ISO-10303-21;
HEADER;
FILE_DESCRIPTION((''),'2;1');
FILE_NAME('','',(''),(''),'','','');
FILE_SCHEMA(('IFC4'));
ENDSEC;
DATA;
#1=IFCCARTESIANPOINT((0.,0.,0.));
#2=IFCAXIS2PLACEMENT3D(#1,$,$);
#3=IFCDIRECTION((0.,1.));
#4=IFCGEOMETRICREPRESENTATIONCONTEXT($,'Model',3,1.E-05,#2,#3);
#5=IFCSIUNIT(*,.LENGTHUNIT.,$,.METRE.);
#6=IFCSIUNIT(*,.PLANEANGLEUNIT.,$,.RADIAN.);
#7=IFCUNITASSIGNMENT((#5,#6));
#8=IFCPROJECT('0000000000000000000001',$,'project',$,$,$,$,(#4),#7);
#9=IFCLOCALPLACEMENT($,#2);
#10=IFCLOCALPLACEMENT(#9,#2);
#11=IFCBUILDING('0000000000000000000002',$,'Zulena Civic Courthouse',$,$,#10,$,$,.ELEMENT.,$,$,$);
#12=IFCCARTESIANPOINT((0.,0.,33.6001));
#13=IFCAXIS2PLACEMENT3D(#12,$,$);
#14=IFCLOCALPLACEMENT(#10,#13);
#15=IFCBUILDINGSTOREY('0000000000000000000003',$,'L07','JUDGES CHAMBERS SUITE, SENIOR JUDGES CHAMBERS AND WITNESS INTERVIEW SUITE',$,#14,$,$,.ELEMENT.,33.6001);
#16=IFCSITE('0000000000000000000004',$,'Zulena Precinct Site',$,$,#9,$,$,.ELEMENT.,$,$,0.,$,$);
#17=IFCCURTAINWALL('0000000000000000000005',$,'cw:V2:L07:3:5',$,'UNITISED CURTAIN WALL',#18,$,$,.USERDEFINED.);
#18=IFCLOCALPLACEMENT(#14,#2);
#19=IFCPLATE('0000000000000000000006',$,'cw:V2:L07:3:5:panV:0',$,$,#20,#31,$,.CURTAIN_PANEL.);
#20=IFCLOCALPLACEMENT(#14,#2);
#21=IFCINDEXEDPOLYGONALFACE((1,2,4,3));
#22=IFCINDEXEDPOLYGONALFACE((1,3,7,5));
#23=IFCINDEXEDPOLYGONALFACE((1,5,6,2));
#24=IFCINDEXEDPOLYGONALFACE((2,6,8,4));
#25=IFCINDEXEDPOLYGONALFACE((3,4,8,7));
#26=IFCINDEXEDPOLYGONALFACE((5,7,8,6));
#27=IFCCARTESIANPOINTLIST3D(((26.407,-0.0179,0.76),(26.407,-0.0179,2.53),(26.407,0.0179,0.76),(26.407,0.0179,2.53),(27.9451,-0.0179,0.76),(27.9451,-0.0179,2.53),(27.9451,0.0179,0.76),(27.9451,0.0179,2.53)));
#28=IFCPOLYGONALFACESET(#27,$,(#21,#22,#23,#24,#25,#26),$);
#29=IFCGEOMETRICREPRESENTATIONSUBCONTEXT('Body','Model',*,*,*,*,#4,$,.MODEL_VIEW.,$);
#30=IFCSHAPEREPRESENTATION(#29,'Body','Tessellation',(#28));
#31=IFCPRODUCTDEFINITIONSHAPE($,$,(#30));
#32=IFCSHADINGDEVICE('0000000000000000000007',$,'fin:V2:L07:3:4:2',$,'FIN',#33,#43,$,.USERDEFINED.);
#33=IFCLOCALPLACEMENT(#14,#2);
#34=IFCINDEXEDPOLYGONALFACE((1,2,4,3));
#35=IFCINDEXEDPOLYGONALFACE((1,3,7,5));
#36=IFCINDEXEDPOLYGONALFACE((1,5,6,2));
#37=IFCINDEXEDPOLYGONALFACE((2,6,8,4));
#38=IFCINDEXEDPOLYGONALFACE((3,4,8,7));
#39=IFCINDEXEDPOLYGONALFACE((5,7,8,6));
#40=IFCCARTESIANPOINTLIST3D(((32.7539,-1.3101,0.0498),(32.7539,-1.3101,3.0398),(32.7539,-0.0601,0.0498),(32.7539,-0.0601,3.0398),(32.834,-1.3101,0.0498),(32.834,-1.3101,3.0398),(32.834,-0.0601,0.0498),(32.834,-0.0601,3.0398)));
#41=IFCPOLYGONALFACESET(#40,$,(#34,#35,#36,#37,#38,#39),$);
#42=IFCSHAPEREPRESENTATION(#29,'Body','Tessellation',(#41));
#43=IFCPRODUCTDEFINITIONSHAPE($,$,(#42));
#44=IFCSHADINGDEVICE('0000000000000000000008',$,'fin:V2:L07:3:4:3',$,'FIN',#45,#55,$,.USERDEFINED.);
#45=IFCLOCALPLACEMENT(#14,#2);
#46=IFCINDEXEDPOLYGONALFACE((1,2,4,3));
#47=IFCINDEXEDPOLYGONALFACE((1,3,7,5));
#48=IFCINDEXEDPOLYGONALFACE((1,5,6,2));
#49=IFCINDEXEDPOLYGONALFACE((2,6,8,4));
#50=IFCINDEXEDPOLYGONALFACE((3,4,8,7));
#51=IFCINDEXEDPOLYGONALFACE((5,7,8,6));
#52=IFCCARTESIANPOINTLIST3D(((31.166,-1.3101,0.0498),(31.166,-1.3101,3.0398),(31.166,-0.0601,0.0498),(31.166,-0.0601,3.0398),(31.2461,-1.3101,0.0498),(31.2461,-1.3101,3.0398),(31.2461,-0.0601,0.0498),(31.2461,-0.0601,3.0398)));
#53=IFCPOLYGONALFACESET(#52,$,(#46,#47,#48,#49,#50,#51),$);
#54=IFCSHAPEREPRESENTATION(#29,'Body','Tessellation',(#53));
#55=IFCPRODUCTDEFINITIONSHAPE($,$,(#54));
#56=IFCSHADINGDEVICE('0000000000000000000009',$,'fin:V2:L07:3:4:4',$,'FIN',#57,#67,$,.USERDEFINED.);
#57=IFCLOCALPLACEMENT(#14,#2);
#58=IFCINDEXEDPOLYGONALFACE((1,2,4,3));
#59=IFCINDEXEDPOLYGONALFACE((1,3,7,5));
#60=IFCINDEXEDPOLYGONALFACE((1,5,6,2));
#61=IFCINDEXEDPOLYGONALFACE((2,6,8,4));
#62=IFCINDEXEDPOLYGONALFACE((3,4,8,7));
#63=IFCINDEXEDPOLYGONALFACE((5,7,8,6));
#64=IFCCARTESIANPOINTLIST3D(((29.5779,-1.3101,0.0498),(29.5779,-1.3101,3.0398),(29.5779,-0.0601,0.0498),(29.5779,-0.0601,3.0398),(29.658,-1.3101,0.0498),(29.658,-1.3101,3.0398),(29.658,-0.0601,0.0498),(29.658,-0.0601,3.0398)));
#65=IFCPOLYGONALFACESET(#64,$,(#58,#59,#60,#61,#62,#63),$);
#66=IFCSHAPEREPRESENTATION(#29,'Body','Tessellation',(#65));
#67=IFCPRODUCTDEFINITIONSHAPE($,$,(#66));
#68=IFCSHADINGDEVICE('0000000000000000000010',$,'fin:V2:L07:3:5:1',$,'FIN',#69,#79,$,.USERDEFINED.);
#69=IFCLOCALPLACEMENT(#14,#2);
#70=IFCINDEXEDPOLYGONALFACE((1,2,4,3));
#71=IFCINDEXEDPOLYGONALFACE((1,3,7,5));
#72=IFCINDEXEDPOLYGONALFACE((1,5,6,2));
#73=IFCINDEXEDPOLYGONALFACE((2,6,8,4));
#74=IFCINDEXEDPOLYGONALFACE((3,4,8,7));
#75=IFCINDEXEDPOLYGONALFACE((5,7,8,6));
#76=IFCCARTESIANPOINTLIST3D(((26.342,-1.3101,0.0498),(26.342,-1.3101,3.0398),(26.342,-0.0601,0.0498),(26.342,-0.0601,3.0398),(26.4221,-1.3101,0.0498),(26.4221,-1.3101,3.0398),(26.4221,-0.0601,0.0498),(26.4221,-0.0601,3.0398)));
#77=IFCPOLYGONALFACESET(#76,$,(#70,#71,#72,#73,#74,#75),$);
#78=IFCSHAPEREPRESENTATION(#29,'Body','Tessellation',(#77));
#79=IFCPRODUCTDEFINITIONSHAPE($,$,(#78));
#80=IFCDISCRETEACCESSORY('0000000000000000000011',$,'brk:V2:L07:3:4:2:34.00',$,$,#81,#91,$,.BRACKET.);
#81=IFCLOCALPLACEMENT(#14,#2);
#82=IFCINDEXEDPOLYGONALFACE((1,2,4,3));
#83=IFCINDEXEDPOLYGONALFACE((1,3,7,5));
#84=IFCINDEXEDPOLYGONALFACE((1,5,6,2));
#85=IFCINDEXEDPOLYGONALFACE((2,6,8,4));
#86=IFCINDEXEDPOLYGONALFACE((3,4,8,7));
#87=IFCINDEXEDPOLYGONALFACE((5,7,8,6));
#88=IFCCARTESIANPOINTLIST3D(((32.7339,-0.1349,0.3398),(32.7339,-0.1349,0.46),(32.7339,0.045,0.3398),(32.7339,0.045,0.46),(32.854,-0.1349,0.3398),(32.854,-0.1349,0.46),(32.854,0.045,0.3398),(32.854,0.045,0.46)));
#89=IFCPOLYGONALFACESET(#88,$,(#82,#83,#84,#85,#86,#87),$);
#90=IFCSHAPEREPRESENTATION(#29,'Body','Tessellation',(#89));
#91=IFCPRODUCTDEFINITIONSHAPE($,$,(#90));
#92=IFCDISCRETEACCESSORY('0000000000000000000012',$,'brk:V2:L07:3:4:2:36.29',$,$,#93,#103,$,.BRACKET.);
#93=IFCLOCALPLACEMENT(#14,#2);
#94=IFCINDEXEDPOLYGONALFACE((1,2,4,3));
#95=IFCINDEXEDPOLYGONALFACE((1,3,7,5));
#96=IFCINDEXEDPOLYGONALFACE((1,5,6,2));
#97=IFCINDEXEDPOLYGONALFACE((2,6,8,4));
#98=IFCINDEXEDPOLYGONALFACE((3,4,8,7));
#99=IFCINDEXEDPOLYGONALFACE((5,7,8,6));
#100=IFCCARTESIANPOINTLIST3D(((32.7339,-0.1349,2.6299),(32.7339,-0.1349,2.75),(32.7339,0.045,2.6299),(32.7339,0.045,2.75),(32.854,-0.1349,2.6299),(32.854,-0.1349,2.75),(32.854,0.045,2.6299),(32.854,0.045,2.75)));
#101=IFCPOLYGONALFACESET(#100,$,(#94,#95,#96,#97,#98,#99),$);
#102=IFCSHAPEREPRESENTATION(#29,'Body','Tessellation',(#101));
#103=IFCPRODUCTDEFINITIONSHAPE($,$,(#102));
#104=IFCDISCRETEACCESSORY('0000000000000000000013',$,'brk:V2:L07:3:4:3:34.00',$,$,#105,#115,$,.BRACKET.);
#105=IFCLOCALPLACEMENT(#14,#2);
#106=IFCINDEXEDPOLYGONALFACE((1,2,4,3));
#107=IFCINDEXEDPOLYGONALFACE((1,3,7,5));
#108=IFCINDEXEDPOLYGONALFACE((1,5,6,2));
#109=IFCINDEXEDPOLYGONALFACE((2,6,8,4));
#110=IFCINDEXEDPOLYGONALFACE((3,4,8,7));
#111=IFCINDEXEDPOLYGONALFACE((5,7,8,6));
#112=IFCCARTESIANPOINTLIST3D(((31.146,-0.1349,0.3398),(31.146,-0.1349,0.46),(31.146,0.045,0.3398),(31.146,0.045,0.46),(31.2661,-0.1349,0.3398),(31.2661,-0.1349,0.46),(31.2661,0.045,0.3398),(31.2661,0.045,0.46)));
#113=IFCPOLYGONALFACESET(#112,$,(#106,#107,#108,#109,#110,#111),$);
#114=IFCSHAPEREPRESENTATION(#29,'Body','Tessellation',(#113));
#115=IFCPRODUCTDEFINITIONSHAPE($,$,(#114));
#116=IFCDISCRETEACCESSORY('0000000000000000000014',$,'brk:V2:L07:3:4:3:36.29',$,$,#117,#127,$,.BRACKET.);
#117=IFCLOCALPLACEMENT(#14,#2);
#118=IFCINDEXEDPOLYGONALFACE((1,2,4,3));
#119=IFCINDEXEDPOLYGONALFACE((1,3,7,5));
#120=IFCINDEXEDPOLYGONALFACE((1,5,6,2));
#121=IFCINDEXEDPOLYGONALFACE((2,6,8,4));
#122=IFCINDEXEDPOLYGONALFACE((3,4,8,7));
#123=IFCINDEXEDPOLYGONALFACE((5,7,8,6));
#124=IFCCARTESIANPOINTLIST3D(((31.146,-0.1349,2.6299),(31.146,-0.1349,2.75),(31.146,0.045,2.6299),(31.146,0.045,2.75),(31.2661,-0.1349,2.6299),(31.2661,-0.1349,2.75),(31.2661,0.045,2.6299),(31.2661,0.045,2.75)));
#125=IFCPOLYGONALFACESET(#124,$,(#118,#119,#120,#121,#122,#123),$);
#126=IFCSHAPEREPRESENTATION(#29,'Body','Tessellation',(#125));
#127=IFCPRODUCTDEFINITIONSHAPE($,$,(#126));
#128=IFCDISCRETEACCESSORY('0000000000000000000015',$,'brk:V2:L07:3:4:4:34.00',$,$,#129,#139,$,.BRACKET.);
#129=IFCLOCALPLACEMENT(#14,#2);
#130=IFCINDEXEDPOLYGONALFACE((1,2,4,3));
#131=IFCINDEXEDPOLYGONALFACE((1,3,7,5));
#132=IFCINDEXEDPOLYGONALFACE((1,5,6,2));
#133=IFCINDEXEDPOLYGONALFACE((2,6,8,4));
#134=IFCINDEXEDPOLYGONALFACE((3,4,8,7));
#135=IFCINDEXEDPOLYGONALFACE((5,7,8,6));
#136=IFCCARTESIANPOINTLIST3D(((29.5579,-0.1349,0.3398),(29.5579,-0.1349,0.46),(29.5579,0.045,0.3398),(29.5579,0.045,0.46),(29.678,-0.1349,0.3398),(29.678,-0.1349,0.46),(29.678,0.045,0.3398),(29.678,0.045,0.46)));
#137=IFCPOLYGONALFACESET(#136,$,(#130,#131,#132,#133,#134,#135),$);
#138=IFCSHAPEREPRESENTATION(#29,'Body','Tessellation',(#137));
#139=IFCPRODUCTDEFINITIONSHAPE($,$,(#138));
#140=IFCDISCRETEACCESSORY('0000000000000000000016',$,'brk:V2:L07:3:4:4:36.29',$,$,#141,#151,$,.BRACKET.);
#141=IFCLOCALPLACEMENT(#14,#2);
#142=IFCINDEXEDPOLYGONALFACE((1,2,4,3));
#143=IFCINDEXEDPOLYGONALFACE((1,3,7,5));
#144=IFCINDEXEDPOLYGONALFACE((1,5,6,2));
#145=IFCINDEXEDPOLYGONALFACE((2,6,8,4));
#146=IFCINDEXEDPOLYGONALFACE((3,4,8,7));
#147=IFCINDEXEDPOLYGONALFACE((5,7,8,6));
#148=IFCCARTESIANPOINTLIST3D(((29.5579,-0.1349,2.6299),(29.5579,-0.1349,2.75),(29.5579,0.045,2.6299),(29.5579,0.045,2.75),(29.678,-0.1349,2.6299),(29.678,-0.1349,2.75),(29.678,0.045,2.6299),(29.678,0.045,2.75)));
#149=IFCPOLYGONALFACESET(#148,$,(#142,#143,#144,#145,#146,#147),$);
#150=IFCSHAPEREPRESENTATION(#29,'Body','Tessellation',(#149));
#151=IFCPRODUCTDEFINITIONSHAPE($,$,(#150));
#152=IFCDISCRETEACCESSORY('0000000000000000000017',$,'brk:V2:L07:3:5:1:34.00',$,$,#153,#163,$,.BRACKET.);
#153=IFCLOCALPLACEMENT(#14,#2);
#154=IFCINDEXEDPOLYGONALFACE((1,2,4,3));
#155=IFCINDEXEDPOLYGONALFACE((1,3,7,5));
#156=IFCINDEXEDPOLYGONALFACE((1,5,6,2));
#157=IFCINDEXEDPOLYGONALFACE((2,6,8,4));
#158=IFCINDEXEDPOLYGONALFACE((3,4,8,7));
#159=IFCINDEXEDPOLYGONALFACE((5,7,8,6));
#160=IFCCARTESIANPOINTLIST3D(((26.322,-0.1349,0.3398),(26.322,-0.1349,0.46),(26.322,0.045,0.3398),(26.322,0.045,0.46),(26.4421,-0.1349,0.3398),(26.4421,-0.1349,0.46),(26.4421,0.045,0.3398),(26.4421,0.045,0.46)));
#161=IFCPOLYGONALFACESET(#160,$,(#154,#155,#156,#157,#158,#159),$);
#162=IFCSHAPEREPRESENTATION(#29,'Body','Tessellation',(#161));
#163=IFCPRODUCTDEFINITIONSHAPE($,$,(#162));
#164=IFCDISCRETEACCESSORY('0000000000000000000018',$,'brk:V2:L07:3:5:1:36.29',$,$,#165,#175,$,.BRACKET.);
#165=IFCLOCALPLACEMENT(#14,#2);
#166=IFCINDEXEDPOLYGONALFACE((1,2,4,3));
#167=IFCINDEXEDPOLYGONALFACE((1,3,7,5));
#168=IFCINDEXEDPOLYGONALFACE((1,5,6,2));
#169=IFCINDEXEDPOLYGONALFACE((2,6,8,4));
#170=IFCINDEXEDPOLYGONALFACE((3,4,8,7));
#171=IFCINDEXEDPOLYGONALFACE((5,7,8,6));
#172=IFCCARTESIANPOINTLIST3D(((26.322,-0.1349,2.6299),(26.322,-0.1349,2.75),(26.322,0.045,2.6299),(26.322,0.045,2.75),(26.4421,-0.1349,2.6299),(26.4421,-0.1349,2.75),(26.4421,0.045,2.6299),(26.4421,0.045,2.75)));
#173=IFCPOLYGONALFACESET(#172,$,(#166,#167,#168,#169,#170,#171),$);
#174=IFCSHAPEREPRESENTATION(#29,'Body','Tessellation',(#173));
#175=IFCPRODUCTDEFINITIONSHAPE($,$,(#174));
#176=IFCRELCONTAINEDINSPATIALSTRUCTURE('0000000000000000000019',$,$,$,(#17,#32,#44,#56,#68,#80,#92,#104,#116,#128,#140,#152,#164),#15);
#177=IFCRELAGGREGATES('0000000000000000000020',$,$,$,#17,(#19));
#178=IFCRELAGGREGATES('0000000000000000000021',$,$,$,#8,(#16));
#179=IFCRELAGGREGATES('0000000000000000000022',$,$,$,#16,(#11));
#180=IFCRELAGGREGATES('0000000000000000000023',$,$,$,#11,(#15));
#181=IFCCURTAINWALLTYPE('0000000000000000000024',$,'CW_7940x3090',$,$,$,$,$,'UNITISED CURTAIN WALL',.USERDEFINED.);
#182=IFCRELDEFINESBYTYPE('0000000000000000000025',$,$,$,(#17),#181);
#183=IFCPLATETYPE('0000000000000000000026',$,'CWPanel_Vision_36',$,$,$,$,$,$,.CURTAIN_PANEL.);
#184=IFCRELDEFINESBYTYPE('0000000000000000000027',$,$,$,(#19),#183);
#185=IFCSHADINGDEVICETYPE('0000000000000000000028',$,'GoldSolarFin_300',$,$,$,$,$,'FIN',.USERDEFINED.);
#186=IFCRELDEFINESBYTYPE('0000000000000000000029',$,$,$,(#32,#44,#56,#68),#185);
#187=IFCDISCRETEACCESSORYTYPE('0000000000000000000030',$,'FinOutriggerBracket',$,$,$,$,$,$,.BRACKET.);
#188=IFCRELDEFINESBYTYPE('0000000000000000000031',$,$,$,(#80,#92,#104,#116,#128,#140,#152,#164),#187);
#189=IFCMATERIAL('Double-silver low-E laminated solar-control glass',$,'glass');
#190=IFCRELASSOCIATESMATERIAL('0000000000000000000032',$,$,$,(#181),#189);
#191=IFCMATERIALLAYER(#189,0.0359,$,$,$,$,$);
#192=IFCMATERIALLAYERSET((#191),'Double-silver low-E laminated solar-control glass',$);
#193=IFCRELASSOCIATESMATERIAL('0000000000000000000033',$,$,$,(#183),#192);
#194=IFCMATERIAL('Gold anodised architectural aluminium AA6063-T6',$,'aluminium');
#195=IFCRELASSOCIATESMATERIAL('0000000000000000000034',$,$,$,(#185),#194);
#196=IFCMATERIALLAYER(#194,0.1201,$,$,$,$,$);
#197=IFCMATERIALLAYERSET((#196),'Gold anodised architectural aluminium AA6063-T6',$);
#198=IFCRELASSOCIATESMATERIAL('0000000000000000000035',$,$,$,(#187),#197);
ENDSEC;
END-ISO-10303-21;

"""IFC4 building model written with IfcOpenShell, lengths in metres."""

from ifc_helpers import new_model, si_unit, direction, frame, origin, origin_2d, place, context, subcontext, project, spatial, rectangle, extrude, material, layer, layer_set, type_object, element, aggregate, save


model = new_model("IFC4")

# Units and contexts
model_context = context("Model", 3, precision=1e-05, world=origin(), true_north=direction((0.0, 1.0)))
body_context = subcontext(model_context, "Body", "Model", "MODEL_VIEW")
ifc_project = project(units=[si_unit("LENGTHUNIT", "METRE"), si_unit("PLANEANGLEUNIT", "RADIAN")], contexts=[model_context])

# Site, building, storey
site_placement = place(None, origin())
site = spatial("IfcSite", under=ifc_project, at=site_placement, Name="Zulena Precinct Site", CompositionType="ELEMENT", RefElevation=0.0)
building_placement = place(site_placement, origin())
building = spatial("IfcBuilding", under=site, at=building_placement, Name="Zulena Civic Courthouse", CompositionType="ELEMENT")
storey_placement = place(building_placement, frame((0.0, 0.0, 33.6001)))
storey = spatial("IfcBuildingStorey", under=building, at=storey_placement, Name="L07", Description="JUDGES CHAMBERS SUITE, SENIOR JUDGES CHAMBERS AND WITNESS INTERVIEW SUITE", CompositionType="ELEMENT", Elevation=33.6001)

# Curtain wall, plate
ifc_material_1 = material(Name="Double-silver low-E laminated solar-control glass", Category="glass")
curtain_wall_type = type_object("IfcCurtainWallType", Name="CW_7940x3090", ElementType="UNITISED CURTAIN WALL", PredefinedType="USERDEFINED", material=ifc_material_1)
curtain_wall_placement = place(storey_placement, origin())
curtain_wall = element("IfcCurtainWall", 1, at=curtain_wall_placement, inside=storey, type_object=curtain_wall_type, Name="cw:V2:L07:3:5", ObjectType="UNITISED CURTAIN WALL", PredefinedType="USERDEFINED")
ifc_layer_1 = layer(ifc_material_1, 0.0359)
ifc_layer_set_1 = layer_set([ifc_layer_1], Name="Double-silver low-E laminated solar-control glass")
plate_type_1 = type_object("IfcPlateType", Name="CWPanel_Vision_36", PredefinedType="CURTAIN_PANEL", material=ifc_layer_set_1)
plate_1_placement = place(storey_placement, frame((27.176, 0.0, 0.76), z_axis=(0.0, 0.0, 1.0), x_axis=(-1.0, 0.0, 0.0)))
plate_1 = element("IfcPlate", 2, at=plate_1_placement, type_object=plate_type_1, Name="cw:V2:L07:3:5:panV:0", PredefinedType="CURTAIN_PANEL", context=body_context, shape_type="SweptSolid", body=[
    extrude(rectangle(XDim=1.5381, YDim=0.0359, at=origin_2d()), origin(), (0.0, 0.0, 1.0), 1.77),
])
aggregate(curtain_wall, [plate_1])

# Shading devices
ifc_material_2 = material(Name="Gold anodised architectural aluminium AA6063-T6", Category="aluminium")
shading_device_type = type_object("IfcShadingDeviceType", Name="GoldSolarFin_300", ElementType="FIN", PredefinedType="USERDEFINED", material=ifc_material_2)
for number, where, z_axis, x_axis, name in (
    (3, (32.7939, -0.6851, 0.0498), (0.0, 0.0, 1.0), (0.0, -1.0, 0.0), "fin:V2:L07:3:4:2"),
    (4, (31.2061, -0.6851, 0.0498), (0.0, 0.0, 1.0), (0.0, -1.0, 0.0), "fin:V2:L07:3:4:3"),
    (5, (29.6179, -0.6851, 0.0498), (0.0, 0.0, 1.0), (0.0, -1.0, 0.0), "fin:V2:L07:3:4:4"),
    (6, (26.3821, -0.6851, 0.0498), (0.0, 0.0, 1.0), (0.0, -1.0, 0.0), "fin:V2:L07:3:5:1"),
):
    element("IfcShadingDevice", number, at=place(storey_placement, frame(where, z_axis=z_axis, x_axis=x_axis)), inside=storey, type_object=shading_device_type, Name=name, ObjectType="FIN", PredefinedType="USERDEFINED", context=body_context, shape_type="SweptSolid", body=[
        extrude(rectangle(XDim=1.25, YDim=0.0801, at=origin_2d()), origin(), (0.0, 0.0, 1.0), 2.99),
    ])

# Discrete accessories
ifc_layer_2 = layer(ifc_material_2, 0.1201)
ifc_layer_set_2 = layer_set([ifc_layer_2], Name="Gold anodised architectural aluminium AA6063-T6")
discrete_accessory_type = type_object("IfcDiscreteAccessoryType", Name="FinOutriggerBracket", PredefinedType="BRACKET", material=ifc_layer_set_2)
for number, where, z_axis, x_axis, name in (
    (7, (32.7939, -0.0449, 0.3398), (0.0, 0.0, 1.0), (0.0, -1.0, 0.0), "brk:V2:L07:3:4:2:34.00"),
    (8, (32.7939, -0.0449, 2.6299), (0.0, 0.0, 1.0), (0.0, -1.0, 0.0), "brk:V2:L07:3:4:2:36.29"),
    (9, (31.2061, -0.0449, 0.3398), (0.0, 0.0, 1.0), (0.0, -1.0, 0.0), "brk:V2:L07:3:4:3:34.00"),
    (10, (31.2061, -0.0449, 2.6299), (0.0, 0.0, 1.0), (0.0, -1.0, 0.0), "brk:V2:L07:3:4:3:36.29"),
    (11, (29.6179, -0.0449, 0.3398), (0.0, 0.0, 1.0), (0.0, -1.0, 0.0), "brk:V2:L07:3:4:4:34.00"),
    (12, (29.6179, -0.0449, 2.6299), (0.0, 0.0, 1.0), (0.0, -1.0, 0.0), "brk:V2:L07:3:4:4:36.29"),
    (13, (26.3821, -0.0449, 0.3398), (0.0, 0.0, 1.0), (0.0, -1.0, 0.0), "brk:V2:L07:3:5:1:34.00"),
    (14, (26.3821, -0.0449, 2.6299), (0.0, 0.0, 1.0), (0.0, -1.0, 0.0), "brk:V2:L07:3:5:1:36.29"),
):
    element("IfcDiscreteAccessory", number, at=place(storey_placement, frame(where, z_axis=z_axis, x_axis=x_axis)), inside=storey, type_object=discrete_accessory_type, Name=name, PredefinedType="BRACKET", context=body_context, shape_type="SweptSolid", body=[
        extrude(rectangle(XDim=0.1799, YDim=0.1201, at=origin_2d()), origin(), (0.0, 0.0, 1.0), 0.1201),
    ])

save(model, "model.ifc")
